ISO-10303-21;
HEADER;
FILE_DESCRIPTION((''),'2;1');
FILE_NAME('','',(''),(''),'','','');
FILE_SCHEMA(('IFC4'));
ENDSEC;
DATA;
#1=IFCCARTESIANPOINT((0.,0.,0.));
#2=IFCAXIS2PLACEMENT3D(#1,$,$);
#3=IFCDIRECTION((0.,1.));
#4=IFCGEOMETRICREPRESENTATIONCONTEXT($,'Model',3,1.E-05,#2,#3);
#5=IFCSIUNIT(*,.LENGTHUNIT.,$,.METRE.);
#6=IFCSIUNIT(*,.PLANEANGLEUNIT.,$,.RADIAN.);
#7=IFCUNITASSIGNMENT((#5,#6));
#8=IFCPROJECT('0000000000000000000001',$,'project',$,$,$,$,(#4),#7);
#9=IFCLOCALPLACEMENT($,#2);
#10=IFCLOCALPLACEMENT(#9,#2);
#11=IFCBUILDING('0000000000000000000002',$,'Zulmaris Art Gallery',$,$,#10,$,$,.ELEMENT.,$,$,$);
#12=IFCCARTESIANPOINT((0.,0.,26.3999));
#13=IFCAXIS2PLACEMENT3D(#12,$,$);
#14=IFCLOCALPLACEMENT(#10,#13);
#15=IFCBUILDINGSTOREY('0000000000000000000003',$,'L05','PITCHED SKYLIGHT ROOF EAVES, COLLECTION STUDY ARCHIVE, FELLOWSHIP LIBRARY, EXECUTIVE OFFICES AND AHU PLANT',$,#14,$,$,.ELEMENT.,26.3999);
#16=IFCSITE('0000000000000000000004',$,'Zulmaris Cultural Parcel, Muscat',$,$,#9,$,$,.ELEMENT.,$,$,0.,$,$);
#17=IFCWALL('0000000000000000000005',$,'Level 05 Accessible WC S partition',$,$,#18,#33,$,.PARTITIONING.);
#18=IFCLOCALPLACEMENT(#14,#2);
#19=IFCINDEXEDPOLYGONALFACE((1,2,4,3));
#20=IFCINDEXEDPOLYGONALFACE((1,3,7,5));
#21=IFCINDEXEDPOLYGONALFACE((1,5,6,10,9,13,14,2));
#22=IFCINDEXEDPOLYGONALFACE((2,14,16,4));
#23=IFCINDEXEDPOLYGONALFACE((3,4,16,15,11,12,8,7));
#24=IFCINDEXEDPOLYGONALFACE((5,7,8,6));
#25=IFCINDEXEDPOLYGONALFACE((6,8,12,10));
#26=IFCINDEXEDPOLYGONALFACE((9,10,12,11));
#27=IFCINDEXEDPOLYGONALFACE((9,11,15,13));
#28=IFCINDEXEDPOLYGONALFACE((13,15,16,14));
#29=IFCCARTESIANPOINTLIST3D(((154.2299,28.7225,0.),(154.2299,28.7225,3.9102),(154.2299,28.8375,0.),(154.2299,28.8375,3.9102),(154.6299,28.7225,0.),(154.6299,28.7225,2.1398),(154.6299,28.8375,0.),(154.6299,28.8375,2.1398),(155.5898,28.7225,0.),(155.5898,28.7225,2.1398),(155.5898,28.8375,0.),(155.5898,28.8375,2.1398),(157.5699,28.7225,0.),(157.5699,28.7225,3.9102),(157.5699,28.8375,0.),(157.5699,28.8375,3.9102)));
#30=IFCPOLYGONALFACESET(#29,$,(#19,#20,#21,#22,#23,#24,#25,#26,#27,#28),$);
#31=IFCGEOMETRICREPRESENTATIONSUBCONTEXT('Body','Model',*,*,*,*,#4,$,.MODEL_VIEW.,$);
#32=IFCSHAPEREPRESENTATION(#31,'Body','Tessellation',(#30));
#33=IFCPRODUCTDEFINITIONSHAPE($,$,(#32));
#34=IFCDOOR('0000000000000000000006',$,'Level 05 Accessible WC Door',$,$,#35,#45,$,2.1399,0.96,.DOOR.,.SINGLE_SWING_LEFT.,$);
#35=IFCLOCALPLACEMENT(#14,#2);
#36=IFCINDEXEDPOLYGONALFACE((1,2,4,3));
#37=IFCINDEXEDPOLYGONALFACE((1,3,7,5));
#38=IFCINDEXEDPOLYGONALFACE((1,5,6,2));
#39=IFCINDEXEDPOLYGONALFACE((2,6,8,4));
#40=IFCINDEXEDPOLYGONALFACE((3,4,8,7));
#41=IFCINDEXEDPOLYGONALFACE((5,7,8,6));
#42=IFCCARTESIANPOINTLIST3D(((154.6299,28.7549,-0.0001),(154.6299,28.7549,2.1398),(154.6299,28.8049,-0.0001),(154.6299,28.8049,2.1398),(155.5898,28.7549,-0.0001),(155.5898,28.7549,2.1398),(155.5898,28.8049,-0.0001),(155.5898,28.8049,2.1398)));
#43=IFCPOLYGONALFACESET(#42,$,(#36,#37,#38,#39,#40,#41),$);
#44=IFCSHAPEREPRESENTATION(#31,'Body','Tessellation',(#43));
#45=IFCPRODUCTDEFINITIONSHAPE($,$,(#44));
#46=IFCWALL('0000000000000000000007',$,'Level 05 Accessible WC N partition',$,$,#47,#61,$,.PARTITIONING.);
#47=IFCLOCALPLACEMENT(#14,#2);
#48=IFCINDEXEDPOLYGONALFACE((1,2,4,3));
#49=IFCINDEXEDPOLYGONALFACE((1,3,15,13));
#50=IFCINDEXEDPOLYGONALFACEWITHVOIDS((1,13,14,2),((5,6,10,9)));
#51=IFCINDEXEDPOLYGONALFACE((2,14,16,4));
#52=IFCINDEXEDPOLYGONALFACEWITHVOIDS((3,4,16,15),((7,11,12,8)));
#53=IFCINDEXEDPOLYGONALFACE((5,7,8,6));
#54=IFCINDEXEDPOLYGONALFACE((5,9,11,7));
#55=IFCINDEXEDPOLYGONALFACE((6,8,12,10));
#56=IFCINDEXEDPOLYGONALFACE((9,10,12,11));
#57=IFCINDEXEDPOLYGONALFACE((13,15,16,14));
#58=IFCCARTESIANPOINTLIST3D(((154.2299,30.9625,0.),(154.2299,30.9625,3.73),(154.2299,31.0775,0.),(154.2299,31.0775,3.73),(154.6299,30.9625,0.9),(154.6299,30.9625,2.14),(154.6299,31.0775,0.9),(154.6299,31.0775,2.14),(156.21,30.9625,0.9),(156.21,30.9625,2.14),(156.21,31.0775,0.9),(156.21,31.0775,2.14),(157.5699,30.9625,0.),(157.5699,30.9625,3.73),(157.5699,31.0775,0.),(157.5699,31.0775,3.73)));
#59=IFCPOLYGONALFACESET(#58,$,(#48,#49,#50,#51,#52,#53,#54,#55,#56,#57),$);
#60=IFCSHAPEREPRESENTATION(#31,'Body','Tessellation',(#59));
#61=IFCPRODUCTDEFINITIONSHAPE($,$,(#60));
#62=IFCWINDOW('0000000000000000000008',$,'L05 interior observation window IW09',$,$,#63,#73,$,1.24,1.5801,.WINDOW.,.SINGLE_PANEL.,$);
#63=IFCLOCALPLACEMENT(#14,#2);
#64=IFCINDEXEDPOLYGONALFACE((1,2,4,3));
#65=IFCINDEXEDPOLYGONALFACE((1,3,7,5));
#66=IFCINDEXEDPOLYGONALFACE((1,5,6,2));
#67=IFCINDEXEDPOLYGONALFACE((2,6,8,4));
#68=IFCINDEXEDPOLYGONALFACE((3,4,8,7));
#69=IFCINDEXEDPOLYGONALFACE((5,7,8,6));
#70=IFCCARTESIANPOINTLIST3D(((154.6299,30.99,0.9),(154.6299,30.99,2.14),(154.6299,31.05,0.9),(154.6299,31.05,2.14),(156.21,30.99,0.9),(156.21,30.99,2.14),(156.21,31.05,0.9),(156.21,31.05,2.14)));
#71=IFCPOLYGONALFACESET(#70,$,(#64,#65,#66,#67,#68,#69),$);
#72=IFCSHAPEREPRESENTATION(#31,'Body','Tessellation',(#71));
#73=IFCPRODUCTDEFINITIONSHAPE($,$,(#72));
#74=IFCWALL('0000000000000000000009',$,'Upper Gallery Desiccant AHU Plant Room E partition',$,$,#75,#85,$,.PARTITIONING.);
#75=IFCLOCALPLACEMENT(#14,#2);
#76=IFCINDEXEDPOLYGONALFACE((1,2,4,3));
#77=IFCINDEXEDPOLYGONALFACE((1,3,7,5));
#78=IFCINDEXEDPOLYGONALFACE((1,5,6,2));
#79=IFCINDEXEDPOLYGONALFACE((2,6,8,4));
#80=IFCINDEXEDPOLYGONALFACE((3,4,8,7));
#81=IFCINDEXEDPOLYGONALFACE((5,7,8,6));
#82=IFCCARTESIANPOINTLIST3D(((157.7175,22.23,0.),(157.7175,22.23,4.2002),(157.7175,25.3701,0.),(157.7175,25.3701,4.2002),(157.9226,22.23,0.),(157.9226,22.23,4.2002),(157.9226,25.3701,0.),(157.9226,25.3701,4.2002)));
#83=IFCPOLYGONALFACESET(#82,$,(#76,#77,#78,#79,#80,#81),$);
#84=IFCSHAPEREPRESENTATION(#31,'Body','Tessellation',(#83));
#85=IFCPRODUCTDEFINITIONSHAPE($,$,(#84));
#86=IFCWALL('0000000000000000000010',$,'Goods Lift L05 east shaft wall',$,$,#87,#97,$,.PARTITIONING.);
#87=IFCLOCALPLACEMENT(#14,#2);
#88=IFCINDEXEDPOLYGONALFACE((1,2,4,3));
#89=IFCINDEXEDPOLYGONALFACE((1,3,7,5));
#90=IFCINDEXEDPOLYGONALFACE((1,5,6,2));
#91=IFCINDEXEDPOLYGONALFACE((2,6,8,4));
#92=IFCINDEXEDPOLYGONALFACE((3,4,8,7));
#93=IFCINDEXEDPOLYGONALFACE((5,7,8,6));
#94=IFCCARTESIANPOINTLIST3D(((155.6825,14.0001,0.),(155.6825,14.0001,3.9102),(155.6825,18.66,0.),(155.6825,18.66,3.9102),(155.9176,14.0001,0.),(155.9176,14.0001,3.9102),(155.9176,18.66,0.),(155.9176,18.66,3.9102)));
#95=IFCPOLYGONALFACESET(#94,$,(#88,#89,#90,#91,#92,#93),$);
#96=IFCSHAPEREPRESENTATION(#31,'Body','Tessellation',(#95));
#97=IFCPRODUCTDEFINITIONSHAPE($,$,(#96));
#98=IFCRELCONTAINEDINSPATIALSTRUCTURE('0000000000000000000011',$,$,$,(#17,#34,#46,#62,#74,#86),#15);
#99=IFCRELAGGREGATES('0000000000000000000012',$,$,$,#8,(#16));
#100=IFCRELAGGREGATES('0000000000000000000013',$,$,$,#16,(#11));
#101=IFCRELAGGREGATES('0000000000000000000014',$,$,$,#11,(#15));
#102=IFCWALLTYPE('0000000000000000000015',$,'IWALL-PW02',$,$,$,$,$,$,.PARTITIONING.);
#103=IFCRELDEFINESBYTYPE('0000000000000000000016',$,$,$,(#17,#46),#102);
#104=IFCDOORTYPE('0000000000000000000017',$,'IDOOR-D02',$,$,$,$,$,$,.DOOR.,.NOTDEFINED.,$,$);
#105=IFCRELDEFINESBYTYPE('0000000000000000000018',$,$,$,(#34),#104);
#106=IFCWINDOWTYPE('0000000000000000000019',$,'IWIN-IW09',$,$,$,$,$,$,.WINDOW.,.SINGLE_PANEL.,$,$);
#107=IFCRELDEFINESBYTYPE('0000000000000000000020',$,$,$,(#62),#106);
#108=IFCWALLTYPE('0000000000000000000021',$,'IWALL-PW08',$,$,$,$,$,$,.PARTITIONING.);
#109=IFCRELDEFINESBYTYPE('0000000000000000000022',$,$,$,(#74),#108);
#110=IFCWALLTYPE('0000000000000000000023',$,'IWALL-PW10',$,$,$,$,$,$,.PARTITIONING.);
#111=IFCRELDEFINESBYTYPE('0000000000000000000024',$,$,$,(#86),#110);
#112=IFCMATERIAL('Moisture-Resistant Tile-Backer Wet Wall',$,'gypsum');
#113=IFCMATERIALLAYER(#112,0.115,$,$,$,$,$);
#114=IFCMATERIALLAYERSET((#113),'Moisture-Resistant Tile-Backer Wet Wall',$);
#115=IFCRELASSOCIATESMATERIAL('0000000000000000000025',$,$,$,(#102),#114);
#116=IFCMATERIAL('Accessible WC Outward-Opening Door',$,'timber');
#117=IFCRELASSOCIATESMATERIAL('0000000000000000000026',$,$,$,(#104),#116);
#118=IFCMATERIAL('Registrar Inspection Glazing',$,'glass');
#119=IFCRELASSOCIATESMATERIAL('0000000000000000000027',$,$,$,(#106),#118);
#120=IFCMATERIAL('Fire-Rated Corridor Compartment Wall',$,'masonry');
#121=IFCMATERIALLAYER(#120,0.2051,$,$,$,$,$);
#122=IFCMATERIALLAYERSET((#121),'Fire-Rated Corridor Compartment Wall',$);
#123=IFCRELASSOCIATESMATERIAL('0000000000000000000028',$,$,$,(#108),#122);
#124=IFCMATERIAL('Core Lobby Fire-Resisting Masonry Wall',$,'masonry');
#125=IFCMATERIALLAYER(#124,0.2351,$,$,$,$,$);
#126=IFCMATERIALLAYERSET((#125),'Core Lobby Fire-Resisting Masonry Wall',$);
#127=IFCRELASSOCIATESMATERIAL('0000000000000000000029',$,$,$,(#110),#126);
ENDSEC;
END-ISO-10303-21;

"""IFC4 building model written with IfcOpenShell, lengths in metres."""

from ifc_helpers import new_model, si_unit, direction, frame, frame_2d, origin, place, context, subcontext, project, spatial, rectangle, extrude, material, layer, layer_set, type_object, element, fill, save


model = new_model("IFC4")

# Units and contexts
model_context = context("Model", 3, precision=1e-05, world=origin(), true_north=direction((0.0, 1.0)))
body_context = subcontext(model_context, "Body", "Model", "MODEL_VIEW")
ifc_project = project(units=[si_unit("LENGTHUNIT", "METRE"), si_unit("PLANEANGLEUNIT", "RADIAN")], contexts=[model_context])

# Site, building, storey
site_placement = place(None, origin())
site = spatial("IfcSite", under=ifc_project, at=site_placement, Name="Zulmaris Cultural Parcel, Muscat", CompositionType="ELEMENT", RefElevation=0.0)
building_placement = place(site_placement, origin())
building = spatial("IfcBuilding", under=site, at=building_placement, Name="Zulmaris Art Gallery", CompositionType="ELEMENT")
storey_placement = place(building_placement, frame((0.0, 0.0, 26.3999)))
storey = spatial("IfcBuildingStorey", under=building, at=storey_placement, Name="L05", Description="PITCHED SKYLIGHT ROOF EAVES, COLLECTION STUDY ARCHIVE, FELLOWSHIP LIBRARY, EXECUTIVE OFFICES AND AHU PLANT", CompositionType="ELEMENT", Elevation=26.3999)

# Wall, opening, door
ifc_material_1 = material(Name="Moisture-Resistant Tile-Backer Wet Wall", Category="gypsum")
ifc_layer_1 = layer(ifc_material_1, 0.115)
ifc_layer_set_1 = layer_set([ifc_layer_1], Name="Moisture-Resistant Tile-Backer Wet Wall")
wall_type_1 = type_object("IfcWallType", Name="IWALL-PW02", PredefinedType="PARTITIONING", material=ifc_layer_set_1)
wall_1_placement = place(storey_placement, frame((154.23, 28.78, 0.0), z_axis=(0.0, 0.0, 1.0), x_axis=(1.0, 0.0, 0.0)))
wall_1 = element("IfcWall", 1, at=wall_1_placement, inside=storey, type_object=wall_type_1, Name="Level 05 Accessible WC S partition", PredefinedType="PARTITIONING", context=body_context, shape_type="SweptSolid", body=[
    extrude(rectangle(XDim=3.3401, YDim=0.115, at=frame_2d((1.6699, 0.0))), origin(), (0.0, 0.0, 1.0), 3.9102),
])
opening_1_placement = place(wall_1_placement, frame((0.3999, 0.0, 0.0)))
opening_1 = element("IfcOpeningElement", 2, at=opening_1_placement, cuts=wall_1, PredefinedType="OPENING", context=body_context, shape_type="SweptSolid", body=[
    extrude(rectangle(XDim=0.96, YDim=2.1399, at=frame_2d((0.48, 1.0698))), frame((0.0, 0.0674, 0.0), z_axis=(0.0, -1.0, 0.0), x_axis=(1.0, 0.0, 0.0)), (0.0, 0.0, 1.0), 0.135),
])
ifc_material_2 = material(Name="Accessible WC Outward-Opening Door", Category="timber")
door_type = type_object("IfcDoorType", Name="IDOOR-D02", OperationType="NOTDEFINED", PredefinedType="DOOR", material=ifc_material_2)
door_placement = place(opening_1_placement, origin())
door = element("IfcDoor", 3, at=door_placement, inside=storey, type_object=door_type, Name="Level 05 Accessible WC Door", OperationType="SINGLE_SWING_LEFT", OverallHeight=2.1399, OverallWidth=0.96, PredefinedType="DOOR", context=body_context, shape_type="SweptSolid", body=[
    extrude(rectangle(XDim=0.96, YDim=2.1399, at=frame_2d((0.48, 1.0698))), frame((0.0, 0.0249, 0.0), z_axis=(0.0, -1.0, 0.0), x_axis=(1.0, 0.0, 0.0)), (0.0, 0.0, 1.0), 0.05),
])
fill(opening_1, door)

# Wall, opening, window
wall_2_placement = place(storey_placement, frame((154.23, 31.02, 0.0), z_axis=(0.0, 0.0, 1.0), x_axis=(1.0, 0.0, 0.0)))
wall_2 = element("IfcWall", 4, at=wall_2_placement, inside=storey, type_object=wall_type_1, Name="Level 05 Accessible WC N partition", PredefinedType="PARTITIONING", context=body_context, shape_type="SweptSolid", body=[
    extrude(rectangle(XDim=3.3401, YDim=0.115, at=frame_2d((1.6699, 0.0))), origin(), (0.0, 0.0, 1.0), 3.73),
])
opening_2_placement = place(wall_2_placement, frame((0.3999, 0.0, 0.8999)))
opening_2 = element("IfcOpeningElement", 5, at=opening_2_placement, cuts=wall_2, PredefinedType="OPENING", context=body_context, shape_type="SweptSolid", body=[
    extrude(rectangle(XDim=1.5801, YDim=1.24, at=frame_2d((0.79, 0.6201))), frame((0.0, 0.0674, 0.0), z_axis=(0.0, -1.0, 0.0), x_axis=(1.0, 0.0, 0.0)), (0.0, 0.0, 1.0), 0.135),
])
ifc_material_3 = material(Name="Registrar Inspection Glazing", Category="glass")
window_type_1 = type_object("IfcWindowType", Name="IWIN-IW09", PartitioningType="SINGLE_PANEL", PredefinedType="WINDOW", material=ifc_material_3)
window_1_placement = place(opening_2_placement, origin())
window_1 = element("IfcWindow", 6, at=window_1_placement, inside=storey, type_object=window_type_1, Name="L05 interior observation window IW09", OverallHeight=1.24, OverallWidth=1.5801, PartitioningType="SINGLE_PANEL", PredefinedType="WINDOW", context=body_context, shape_type="SweptSolid", body=[
    extrude(rectangle(XDim=1.5801, YDim=1.24, at=frame_2d((0.79, 0.6201))), frame((0.0, 0.03, 0.0), z_axis=(0.0, -1.0, 0.0), x_axis=(1.0, 0.0, 0.0)), (0.0, 0.0, 1.0), 0.0601),
])
fill(opening_2, window_1)

# Walls
ifc_material_4 = material(Name="Fire-Rated Corridor Compartment Wall", Category="masonry")
ifc_layer_2 = layer(ifc_material_4, 0.2051)
ifc_layer_set_2 = layer_set([ifc_layer_2], Name="Fire-Rated Corridor Compartment Wall")
wall_type_2 = type_object("IfcWallType", Name="IWALL-PW08", PredefinedType="PARTITIONING", material=ifc_layer_set_2)
wall_3_placement = place(storey_placement, frame((157.8201, 22.23, 0.0), z_axis=(0.0, 0.0, 1.0), x_axis=(0.0, 1.0, 0.0)))
element("IfcWall", 7, at=wall_3_placement, inside=storey, type_object=wall_type_2, Name="Upper Gallery Desiccant AHU Plant Room E partition", PredefinedType="PARTITIONING", context=body_context, shape_type="SweptSolid", body=[
    extrude(rectangle(XDim=3.1401, YDim=0.2051, at=frame_2d((1.5701, 0.0))), origin(), (0.0, 0.0, 1.0), 4.2002),
])
ifc_material_5 = material(Name="Core Lobby Fire-Resisting Masonry Wall", Category="masonry")
ifc_layer_3 = layer(ifc_material_5, 0.2351)
ifc_layer_set_3 = layer_set([ifc_layer_3], Name="Core Lobby Fire-Resisting Masonry Wall")
wall_type_3 = type_object("IfcWallType", Name="IWALL-PW10", PredefinedType="PARTITIONING", material=ifc_layer_set_3)
wall_4_placement = place(storey_placement, frame((155.8, 14.0, 0.0), z_axis=(0.0, 0.0, 1.0), x_axis=(0.0, 1.0, 0.0)))
element("IfcWall", 8, at=wall_4_placement, inside=storey, type_object=wall_type_3, Name="Goods Lift L05 east shaft wall", PredefinedType="PARTITIONING", context=body_context, shape_type="SweptSolid", body=[
    extrude(rectangle(XDim=4.6599, YDim=0.2351, at=frame_2d((2.3301, 0.0))), origin(), (0.0, 0.0, 1.0), 3.9102),
])

save(model, "model.ifc")
